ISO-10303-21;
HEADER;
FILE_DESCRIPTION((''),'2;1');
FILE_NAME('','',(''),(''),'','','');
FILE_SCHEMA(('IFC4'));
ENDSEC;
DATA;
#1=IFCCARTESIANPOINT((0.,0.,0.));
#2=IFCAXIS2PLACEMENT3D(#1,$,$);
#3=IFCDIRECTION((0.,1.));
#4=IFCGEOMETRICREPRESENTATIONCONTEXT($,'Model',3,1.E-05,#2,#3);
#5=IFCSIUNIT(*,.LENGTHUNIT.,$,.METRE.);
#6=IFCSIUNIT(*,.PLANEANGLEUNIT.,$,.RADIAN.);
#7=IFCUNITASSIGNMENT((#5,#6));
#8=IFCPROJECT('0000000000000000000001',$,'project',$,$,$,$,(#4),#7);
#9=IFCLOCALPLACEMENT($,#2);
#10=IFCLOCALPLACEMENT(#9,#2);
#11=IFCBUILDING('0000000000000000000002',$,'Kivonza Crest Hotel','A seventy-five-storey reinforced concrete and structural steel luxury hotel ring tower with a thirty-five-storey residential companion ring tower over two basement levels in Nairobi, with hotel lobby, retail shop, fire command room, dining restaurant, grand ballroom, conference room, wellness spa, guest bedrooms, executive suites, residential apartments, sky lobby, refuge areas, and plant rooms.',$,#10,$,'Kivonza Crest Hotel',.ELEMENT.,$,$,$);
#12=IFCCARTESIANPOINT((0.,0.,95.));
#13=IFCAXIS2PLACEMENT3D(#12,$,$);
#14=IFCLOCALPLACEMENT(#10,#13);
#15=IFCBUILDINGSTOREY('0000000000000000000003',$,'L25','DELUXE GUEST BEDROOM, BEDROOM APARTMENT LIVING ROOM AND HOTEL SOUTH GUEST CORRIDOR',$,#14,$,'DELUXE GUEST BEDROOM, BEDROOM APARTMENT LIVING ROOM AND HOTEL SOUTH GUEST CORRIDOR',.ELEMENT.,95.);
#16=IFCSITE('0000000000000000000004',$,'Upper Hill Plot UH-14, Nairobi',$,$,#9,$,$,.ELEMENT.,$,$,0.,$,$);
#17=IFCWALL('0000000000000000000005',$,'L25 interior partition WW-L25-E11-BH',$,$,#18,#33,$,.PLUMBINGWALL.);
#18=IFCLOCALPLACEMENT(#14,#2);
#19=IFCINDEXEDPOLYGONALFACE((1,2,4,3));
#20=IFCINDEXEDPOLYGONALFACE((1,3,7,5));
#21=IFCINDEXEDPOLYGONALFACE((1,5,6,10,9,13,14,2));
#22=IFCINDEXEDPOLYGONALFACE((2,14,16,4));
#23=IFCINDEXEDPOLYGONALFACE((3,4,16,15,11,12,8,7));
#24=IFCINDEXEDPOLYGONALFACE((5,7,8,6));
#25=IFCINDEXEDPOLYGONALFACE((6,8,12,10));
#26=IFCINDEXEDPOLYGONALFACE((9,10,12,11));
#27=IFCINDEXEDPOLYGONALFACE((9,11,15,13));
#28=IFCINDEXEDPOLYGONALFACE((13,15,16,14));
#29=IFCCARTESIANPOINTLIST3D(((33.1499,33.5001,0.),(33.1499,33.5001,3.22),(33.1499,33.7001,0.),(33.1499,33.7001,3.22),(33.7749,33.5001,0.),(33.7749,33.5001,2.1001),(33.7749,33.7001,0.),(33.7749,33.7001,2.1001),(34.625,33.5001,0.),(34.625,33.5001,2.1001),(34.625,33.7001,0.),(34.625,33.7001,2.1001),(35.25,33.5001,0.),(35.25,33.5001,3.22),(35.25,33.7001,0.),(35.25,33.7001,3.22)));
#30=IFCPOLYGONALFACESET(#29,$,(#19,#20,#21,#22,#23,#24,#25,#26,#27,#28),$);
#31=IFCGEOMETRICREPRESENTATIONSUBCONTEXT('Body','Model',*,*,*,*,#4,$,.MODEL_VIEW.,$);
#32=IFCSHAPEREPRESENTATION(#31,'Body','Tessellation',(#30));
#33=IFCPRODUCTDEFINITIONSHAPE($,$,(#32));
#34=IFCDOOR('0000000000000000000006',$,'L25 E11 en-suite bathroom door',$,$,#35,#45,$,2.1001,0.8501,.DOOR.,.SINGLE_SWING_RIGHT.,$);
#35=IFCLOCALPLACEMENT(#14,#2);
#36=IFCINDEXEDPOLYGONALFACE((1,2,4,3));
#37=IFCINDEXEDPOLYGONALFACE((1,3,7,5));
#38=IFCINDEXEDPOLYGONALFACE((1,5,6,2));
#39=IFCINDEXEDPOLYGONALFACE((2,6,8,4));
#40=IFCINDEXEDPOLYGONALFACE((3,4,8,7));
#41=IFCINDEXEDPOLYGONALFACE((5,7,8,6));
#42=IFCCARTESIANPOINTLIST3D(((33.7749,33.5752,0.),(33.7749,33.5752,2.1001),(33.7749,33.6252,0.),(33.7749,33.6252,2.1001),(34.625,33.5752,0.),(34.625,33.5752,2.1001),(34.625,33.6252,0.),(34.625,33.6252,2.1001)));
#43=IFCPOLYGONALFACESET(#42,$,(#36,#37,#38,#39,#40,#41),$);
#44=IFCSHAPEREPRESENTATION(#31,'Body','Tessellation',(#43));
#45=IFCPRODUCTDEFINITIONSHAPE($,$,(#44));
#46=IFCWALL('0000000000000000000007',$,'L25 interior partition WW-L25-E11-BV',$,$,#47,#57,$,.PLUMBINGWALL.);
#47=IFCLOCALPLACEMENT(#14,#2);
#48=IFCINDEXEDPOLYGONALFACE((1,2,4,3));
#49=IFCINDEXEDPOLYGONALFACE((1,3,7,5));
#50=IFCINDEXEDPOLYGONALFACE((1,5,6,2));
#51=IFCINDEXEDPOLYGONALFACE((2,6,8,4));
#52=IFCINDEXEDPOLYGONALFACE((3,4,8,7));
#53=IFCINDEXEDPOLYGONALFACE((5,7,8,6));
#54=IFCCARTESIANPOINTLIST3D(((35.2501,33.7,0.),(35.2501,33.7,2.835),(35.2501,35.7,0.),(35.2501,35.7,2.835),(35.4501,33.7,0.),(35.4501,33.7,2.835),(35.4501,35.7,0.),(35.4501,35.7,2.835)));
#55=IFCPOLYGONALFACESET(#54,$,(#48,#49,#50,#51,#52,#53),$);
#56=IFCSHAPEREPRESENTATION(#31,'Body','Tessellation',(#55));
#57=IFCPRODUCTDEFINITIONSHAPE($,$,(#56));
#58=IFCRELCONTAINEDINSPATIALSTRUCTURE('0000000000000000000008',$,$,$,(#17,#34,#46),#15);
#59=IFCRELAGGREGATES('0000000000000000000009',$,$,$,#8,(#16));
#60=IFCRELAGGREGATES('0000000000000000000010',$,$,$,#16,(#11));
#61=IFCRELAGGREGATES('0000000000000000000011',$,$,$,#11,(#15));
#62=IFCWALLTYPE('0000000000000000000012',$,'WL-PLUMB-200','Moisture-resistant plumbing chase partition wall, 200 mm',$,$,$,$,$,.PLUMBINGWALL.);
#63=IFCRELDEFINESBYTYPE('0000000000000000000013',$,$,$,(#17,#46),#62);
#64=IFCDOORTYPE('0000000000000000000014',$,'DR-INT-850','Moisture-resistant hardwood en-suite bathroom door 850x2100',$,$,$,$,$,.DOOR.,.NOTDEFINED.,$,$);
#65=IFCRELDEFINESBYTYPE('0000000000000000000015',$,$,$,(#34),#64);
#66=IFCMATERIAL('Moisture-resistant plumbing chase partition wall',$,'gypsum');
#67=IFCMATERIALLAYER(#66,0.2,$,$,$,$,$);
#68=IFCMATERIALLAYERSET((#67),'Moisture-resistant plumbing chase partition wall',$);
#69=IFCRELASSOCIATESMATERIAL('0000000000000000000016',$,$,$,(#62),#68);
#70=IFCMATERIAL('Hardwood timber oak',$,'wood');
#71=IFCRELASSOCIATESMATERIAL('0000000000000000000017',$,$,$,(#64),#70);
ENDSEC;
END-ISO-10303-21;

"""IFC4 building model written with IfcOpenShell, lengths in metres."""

from ifc_helpers import new_model, si_unit, direction, frame, frame_2d, origin, place, context, subcontext, project, spatial, rectangle, extrude, material, layer, layer_set, type_object, element, fill, save


model = new_model("IFC4")

# Units and contexts
model_context = context("Model", 3, precision=1e-05, world=origin(), true_north=direction((0.0, 1.0)))
body_context = subcontext(model_context, "Body", "Model", "MODEL_VIEW")
ifc_project = project(units=[si_unit("LENGTHUNIT", "METRE"), si_unit("PLANEANGLEUNIT", "RADIAN")], contexts=[model_context])

# Site, building, storey
site_placement = place(None, origin())
site = spatial("IfcSite", under=ifc_project, at=site_placement, Name="Upper Hill Plot UH-14, Nairobi", CompositionType="ELEMENT", RefElevation=0.0)
building_placement = place(site_placement, origin())
building = spatial("IfcBuilding", under=site, at=building_placement, Name="Kivonza Crest Hotel", Description="A seventy-five-storey reinforced concrete and structural steel luxury hotel ring tower with a thirty-five-storey residential companion ring tower over two basement levels in Nairobi, with hotel lobby, retail shop, fire command room, dining restaurant, grand ballroom, conference room, wellness spa, guest bedrooms, executive suites, residential apartments, sky lobby, refuge areas, and plant rooms.", LongName="Kivonza Crest Hotel", CompositionType="ELEMENT")
storey_placement = place(building_placement, frame((0.0, 0.0, 95.0)))
storey = spatial("IfcBuildingStorey", under=building, at=storey_placement, Name="L25", Description="DELUXE GUEST BEDROOM, BEDROOM APARTMENT LIVING ROOM AND HOTEL SOUTH GUEST CORRIDOR", LongName="DELUXE GUEST BEDROOM, BEDROOM APARTMENT LIVING ROOM AND HOTEL SOUTH GUEST CORRIDOR", CompositionType="ELEMENT", Elevation=95.0)

# Shared definitions
ifc_material_1 = material(Name="Hardwood timber oak", Category="wood")

# Wall, opening, door
ifc_material_2 = material(Name="Moisture-resistant plumbing chase partition wall", Category="gypsum")
ifc_layer_1 = layer(ifc_material_2, 0.2)
ifc_layer_set_1 = layer_set([ifc_layer_1], Name="Moisture-resistant plumbing chase partition wall")
wall_type_1 = type_object("IfcWallType", Name="WL-PLUMB-200", Description="Moisture-resistant plumbing chase partition wall, 200 mm", PredefinedType="PLUMBINGWALL", material=ifc_layer_set_1)
wall_1_placement = place(storey_placement, frame((33.1499, 33.6001, 0.0), z_axis=(0.0, 0.0, 1.0), x_axis=(1.0, 0.0, 0.0)))
wall_1 = element("IfcWall", 1, at=wall_1_placement, inside=storey, type_object=wall_type_1, Name="L25 interior partition WW-L25-E11-BH", PredefinedType="PLUMBINGWALL", context=body_context, shape_type="SweptSolid", body=[
    extrude(rectangle(XDim=2.1001, YDim=0.2, at=frame_2d((1.05, 0.0))), origin(), (0.0, 0.0, 1.0), 3.22),
])
opening_1_placement = place(wall_1_placement, frame((0.625, 0.0, 0.0)))
opening_1 = element("IfcOpeningElement", 2, at=opening_1_placement, cuts=wall_1, PredefinedType="OPENING", context=body_context, shape_type="SweptSolid", body=[
    extrude(rectangle(XDim=0.8501, YDim=2.1001, at=frame_2d((0.425, 1.05))), frame((0.0, 0.1099, 0.0), z_axis=(0.0, -1.0, 0.0), x_axis=(1.0, 0.0, 0.0)), (0.0, 0.0, 1.0), 0.22),
])
door_type_1 = type_object("IfcDoorType", Name="DR-INT-850", Description="Moisture-resistant hardwood en-suite bathroom door 850x2100", OperationType="NOTDEFINED", PredefinedType="DOOR", material=ifc_material_1)
door_1_placement = place(opening_1_placement, frame((0.8501, 0.0, 0.0), z_axis=(0.0, 0.0, 1.0), x_axis=(-1.0, 0.0, 0.0)))
door_1 = element("IfcDoor", 3, at=door_1_placement, inside=storey, type_object=door_type_1, Name="L25 E11 en-suite bathroom door", OperationType="SINGLE_SWING_RIGHT", OverallHeight=2.1001, OverallWidth=0.8501, PredefinedType="DOOR", context=body_context, shape_type="SweptSolid", body=[
    extrude(rectangle(XDim=0.8501, YDim=2.1001, at=frame_2d((0.425, 1.05))), frame((0.0, 0.0249, 0.0), z_axis=(0.0, -1.0, 0.0), x_axis=(1.0, 0.0, 0.0)), (0.0, 0.0, 1.0), 0.05),
])
fill(opening_1, door_1)

# Wall
wall_2_placement = place(storey_placement, frame((35.3501, 33.7, 0.0), z_axis=(0.0, 0.0, 1.0), x_axis=(0.0, 1.0, 0.0)))
element("IfcWall", 4, at=wall_2_placement, inside=storey, type_object=wall_type_1, Name="L25 interior partition WW-L25-E11-BV", PredefinedType="PLUMBINGWALL", context=body_context, shape_type="SweptSolid", body=[
    extrude(rectangle(XDim=2.0, YDim=0.2, at=frame_2d((1.0, 0.0))), origin(), (0.0, 0.0, 1.0), 2.835),
])

save(model, "model.ifc")
